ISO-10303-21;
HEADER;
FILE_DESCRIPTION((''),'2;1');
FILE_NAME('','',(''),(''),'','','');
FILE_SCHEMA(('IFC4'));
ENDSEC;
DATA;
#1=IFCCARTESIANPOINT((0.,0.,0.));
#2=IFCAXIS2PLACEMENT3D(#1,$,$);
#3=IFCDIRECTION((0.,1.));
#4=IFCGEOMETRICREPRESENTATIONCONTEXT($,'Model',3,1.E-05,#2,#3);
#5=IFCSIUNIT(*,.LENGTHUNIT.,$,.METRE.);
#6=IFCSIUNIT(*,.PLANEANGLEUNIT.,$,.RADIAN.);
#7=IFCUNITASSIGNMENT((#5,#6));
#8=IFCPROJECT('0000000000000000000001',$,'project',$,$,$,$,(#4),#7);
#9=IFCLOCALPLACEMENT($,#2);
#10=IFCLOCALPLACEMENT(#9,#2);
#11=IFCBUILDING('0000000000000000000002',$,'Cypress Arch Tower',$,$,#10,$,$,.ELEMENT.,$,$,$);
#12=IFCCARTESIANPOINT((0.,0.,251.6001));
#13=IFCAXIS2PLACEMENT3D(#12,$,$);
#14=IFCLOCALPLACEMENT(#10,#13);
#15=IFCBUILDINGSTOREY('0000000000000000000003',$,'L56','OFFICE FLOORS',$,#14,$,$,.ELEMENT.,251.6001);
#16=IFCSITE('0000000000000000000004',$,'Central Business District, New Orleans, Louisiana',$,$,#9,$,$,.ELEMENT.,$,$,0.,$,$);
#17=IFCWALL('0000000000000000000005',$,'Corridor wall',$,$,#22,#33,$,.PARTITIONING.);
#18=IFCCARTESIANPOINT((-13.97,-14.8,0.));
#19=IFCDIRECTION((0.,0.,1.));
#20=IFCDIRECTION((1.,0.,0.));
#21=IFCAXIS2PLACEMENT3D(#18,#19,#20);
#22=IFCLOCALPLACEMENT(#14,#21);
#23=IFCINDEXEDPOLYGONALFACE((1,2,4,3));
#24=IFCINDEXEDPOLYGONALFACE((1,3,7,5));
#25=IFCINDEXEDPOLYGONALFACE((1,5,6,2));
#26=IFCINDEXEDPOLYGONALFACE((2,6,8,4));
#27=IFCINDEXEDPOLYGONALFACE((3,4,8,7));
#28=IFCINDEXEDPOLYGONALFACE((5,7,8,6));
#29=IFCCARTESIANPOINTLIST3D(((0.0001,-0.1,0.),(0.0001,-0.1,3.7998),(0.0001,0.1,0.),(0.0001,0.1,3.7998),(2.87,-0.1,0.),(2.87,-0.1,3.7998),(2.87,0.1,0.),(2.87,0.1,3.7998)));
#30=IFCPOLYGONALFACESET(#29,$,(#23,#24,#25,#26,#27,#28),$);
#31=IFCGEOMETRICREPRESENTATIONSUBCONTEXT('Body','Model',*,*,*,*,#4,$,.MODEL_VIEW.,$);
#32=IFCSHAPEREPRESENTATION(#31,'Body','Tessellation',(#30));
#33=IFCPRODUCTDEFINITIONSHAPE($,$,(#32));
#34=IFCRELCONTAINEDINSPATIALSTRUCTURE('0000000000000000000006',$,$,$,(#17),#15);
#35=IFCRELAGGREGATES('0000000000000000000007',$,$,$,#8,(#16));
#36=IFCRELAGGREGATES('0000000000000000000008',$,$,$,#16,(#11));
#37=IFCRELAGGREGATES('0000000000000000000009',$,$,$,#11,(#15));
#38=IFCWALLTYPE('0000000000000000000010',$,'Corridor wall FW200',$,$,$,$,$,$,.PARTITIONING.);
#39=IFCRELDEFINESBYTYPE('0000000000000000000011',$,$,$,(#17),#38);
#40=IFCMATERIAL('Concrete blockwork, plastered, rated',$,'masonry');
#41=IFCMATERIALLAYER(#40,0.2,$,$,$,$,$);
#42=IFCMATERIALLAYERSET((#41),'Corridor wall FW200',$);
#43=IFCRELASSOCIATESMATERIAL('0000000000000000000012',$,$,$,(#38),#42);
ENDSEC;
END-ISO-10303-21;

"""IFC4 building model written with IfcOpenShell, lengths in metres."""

from ifc_helpers import new_model, si_unit, direction, frame, frame_2d, origin, place, context, subcontext, project, spatial, rectangle, extrude, material, layer, layer_set, type_object, element, save


model = new_model("IFC4")

# Units and contexts
model_context = context("Model", 3, precision=1e-05, world=origin(), true_north=direction((0.0, 1.0)))
body_context = subcontext(model_context, "Body", "Model", "MODEL_VIEW")
ifc_project = project(units=[si_unit("LENGTHUNIT", "METRE"), si_unit("PLANEANGLEUNIT", "RADIAN")], contexts=[model_context])

# Site, building, storey
site_placement = place(None, origin())
site = spatial("IfcSite", under=ifc_project, at=site_placement, Name="Central Business District, New Orleans, Louisiana", CompositionType="ELEMENT", RefElevation=0.0)
building_placement = place(site_placement, origin())
building = spatial("IfcBuilding", under=site, at=building_placement, Name="Cypress Arch Tower", CompositionType="ELEMENT")
storey_placement = place(building_placement, frame((0.0, 0.0, 251.6001)))
storey = spatial("IfcBuildingStorey", under=building, at=storey_placement, Name="L56", Description="OFFICE FLOORS", CompositionType="ELEMENT", Elevation=251.6001)

# Wall
ifc_material_1 = material(Name="Concrete blockwork, plastered, rated", Category="masonry")
ifc_layer_1 = layer(ifc_material_1, 0.2)
ifc_layer_set_1 = layer_set([ifc_layer_1], Name="Corridor wall FW200")
wall_type_1 = type_object("IfcWallType", Name="Corridor wall FW200", PredefinedType="PARTITIONING", material=ifc_layer_set_1)
wall_1_placement = place(storey_placement, frame((-13.97, -14.8, 0.0), z_axis=(0.0, 0.0, 1.0), x_axis=(1.0, 0.0, 0.0)))
element("IfcWall", 1, at=wall_1_placement, inside=storey, type_object=wall_type_1, Name="Corridor wall", PredefinedType="PARTITIONING", context=body_context, shape_type="SweptSolid", body=[
    extrude(rectangle(XDim=2.8699, YDim=0.2, at=frame_2d((1.4351, 0.0))), origin(), (0.0, 0.0, 1.0), 3.7998),
])

save(model, "model.ifc")
